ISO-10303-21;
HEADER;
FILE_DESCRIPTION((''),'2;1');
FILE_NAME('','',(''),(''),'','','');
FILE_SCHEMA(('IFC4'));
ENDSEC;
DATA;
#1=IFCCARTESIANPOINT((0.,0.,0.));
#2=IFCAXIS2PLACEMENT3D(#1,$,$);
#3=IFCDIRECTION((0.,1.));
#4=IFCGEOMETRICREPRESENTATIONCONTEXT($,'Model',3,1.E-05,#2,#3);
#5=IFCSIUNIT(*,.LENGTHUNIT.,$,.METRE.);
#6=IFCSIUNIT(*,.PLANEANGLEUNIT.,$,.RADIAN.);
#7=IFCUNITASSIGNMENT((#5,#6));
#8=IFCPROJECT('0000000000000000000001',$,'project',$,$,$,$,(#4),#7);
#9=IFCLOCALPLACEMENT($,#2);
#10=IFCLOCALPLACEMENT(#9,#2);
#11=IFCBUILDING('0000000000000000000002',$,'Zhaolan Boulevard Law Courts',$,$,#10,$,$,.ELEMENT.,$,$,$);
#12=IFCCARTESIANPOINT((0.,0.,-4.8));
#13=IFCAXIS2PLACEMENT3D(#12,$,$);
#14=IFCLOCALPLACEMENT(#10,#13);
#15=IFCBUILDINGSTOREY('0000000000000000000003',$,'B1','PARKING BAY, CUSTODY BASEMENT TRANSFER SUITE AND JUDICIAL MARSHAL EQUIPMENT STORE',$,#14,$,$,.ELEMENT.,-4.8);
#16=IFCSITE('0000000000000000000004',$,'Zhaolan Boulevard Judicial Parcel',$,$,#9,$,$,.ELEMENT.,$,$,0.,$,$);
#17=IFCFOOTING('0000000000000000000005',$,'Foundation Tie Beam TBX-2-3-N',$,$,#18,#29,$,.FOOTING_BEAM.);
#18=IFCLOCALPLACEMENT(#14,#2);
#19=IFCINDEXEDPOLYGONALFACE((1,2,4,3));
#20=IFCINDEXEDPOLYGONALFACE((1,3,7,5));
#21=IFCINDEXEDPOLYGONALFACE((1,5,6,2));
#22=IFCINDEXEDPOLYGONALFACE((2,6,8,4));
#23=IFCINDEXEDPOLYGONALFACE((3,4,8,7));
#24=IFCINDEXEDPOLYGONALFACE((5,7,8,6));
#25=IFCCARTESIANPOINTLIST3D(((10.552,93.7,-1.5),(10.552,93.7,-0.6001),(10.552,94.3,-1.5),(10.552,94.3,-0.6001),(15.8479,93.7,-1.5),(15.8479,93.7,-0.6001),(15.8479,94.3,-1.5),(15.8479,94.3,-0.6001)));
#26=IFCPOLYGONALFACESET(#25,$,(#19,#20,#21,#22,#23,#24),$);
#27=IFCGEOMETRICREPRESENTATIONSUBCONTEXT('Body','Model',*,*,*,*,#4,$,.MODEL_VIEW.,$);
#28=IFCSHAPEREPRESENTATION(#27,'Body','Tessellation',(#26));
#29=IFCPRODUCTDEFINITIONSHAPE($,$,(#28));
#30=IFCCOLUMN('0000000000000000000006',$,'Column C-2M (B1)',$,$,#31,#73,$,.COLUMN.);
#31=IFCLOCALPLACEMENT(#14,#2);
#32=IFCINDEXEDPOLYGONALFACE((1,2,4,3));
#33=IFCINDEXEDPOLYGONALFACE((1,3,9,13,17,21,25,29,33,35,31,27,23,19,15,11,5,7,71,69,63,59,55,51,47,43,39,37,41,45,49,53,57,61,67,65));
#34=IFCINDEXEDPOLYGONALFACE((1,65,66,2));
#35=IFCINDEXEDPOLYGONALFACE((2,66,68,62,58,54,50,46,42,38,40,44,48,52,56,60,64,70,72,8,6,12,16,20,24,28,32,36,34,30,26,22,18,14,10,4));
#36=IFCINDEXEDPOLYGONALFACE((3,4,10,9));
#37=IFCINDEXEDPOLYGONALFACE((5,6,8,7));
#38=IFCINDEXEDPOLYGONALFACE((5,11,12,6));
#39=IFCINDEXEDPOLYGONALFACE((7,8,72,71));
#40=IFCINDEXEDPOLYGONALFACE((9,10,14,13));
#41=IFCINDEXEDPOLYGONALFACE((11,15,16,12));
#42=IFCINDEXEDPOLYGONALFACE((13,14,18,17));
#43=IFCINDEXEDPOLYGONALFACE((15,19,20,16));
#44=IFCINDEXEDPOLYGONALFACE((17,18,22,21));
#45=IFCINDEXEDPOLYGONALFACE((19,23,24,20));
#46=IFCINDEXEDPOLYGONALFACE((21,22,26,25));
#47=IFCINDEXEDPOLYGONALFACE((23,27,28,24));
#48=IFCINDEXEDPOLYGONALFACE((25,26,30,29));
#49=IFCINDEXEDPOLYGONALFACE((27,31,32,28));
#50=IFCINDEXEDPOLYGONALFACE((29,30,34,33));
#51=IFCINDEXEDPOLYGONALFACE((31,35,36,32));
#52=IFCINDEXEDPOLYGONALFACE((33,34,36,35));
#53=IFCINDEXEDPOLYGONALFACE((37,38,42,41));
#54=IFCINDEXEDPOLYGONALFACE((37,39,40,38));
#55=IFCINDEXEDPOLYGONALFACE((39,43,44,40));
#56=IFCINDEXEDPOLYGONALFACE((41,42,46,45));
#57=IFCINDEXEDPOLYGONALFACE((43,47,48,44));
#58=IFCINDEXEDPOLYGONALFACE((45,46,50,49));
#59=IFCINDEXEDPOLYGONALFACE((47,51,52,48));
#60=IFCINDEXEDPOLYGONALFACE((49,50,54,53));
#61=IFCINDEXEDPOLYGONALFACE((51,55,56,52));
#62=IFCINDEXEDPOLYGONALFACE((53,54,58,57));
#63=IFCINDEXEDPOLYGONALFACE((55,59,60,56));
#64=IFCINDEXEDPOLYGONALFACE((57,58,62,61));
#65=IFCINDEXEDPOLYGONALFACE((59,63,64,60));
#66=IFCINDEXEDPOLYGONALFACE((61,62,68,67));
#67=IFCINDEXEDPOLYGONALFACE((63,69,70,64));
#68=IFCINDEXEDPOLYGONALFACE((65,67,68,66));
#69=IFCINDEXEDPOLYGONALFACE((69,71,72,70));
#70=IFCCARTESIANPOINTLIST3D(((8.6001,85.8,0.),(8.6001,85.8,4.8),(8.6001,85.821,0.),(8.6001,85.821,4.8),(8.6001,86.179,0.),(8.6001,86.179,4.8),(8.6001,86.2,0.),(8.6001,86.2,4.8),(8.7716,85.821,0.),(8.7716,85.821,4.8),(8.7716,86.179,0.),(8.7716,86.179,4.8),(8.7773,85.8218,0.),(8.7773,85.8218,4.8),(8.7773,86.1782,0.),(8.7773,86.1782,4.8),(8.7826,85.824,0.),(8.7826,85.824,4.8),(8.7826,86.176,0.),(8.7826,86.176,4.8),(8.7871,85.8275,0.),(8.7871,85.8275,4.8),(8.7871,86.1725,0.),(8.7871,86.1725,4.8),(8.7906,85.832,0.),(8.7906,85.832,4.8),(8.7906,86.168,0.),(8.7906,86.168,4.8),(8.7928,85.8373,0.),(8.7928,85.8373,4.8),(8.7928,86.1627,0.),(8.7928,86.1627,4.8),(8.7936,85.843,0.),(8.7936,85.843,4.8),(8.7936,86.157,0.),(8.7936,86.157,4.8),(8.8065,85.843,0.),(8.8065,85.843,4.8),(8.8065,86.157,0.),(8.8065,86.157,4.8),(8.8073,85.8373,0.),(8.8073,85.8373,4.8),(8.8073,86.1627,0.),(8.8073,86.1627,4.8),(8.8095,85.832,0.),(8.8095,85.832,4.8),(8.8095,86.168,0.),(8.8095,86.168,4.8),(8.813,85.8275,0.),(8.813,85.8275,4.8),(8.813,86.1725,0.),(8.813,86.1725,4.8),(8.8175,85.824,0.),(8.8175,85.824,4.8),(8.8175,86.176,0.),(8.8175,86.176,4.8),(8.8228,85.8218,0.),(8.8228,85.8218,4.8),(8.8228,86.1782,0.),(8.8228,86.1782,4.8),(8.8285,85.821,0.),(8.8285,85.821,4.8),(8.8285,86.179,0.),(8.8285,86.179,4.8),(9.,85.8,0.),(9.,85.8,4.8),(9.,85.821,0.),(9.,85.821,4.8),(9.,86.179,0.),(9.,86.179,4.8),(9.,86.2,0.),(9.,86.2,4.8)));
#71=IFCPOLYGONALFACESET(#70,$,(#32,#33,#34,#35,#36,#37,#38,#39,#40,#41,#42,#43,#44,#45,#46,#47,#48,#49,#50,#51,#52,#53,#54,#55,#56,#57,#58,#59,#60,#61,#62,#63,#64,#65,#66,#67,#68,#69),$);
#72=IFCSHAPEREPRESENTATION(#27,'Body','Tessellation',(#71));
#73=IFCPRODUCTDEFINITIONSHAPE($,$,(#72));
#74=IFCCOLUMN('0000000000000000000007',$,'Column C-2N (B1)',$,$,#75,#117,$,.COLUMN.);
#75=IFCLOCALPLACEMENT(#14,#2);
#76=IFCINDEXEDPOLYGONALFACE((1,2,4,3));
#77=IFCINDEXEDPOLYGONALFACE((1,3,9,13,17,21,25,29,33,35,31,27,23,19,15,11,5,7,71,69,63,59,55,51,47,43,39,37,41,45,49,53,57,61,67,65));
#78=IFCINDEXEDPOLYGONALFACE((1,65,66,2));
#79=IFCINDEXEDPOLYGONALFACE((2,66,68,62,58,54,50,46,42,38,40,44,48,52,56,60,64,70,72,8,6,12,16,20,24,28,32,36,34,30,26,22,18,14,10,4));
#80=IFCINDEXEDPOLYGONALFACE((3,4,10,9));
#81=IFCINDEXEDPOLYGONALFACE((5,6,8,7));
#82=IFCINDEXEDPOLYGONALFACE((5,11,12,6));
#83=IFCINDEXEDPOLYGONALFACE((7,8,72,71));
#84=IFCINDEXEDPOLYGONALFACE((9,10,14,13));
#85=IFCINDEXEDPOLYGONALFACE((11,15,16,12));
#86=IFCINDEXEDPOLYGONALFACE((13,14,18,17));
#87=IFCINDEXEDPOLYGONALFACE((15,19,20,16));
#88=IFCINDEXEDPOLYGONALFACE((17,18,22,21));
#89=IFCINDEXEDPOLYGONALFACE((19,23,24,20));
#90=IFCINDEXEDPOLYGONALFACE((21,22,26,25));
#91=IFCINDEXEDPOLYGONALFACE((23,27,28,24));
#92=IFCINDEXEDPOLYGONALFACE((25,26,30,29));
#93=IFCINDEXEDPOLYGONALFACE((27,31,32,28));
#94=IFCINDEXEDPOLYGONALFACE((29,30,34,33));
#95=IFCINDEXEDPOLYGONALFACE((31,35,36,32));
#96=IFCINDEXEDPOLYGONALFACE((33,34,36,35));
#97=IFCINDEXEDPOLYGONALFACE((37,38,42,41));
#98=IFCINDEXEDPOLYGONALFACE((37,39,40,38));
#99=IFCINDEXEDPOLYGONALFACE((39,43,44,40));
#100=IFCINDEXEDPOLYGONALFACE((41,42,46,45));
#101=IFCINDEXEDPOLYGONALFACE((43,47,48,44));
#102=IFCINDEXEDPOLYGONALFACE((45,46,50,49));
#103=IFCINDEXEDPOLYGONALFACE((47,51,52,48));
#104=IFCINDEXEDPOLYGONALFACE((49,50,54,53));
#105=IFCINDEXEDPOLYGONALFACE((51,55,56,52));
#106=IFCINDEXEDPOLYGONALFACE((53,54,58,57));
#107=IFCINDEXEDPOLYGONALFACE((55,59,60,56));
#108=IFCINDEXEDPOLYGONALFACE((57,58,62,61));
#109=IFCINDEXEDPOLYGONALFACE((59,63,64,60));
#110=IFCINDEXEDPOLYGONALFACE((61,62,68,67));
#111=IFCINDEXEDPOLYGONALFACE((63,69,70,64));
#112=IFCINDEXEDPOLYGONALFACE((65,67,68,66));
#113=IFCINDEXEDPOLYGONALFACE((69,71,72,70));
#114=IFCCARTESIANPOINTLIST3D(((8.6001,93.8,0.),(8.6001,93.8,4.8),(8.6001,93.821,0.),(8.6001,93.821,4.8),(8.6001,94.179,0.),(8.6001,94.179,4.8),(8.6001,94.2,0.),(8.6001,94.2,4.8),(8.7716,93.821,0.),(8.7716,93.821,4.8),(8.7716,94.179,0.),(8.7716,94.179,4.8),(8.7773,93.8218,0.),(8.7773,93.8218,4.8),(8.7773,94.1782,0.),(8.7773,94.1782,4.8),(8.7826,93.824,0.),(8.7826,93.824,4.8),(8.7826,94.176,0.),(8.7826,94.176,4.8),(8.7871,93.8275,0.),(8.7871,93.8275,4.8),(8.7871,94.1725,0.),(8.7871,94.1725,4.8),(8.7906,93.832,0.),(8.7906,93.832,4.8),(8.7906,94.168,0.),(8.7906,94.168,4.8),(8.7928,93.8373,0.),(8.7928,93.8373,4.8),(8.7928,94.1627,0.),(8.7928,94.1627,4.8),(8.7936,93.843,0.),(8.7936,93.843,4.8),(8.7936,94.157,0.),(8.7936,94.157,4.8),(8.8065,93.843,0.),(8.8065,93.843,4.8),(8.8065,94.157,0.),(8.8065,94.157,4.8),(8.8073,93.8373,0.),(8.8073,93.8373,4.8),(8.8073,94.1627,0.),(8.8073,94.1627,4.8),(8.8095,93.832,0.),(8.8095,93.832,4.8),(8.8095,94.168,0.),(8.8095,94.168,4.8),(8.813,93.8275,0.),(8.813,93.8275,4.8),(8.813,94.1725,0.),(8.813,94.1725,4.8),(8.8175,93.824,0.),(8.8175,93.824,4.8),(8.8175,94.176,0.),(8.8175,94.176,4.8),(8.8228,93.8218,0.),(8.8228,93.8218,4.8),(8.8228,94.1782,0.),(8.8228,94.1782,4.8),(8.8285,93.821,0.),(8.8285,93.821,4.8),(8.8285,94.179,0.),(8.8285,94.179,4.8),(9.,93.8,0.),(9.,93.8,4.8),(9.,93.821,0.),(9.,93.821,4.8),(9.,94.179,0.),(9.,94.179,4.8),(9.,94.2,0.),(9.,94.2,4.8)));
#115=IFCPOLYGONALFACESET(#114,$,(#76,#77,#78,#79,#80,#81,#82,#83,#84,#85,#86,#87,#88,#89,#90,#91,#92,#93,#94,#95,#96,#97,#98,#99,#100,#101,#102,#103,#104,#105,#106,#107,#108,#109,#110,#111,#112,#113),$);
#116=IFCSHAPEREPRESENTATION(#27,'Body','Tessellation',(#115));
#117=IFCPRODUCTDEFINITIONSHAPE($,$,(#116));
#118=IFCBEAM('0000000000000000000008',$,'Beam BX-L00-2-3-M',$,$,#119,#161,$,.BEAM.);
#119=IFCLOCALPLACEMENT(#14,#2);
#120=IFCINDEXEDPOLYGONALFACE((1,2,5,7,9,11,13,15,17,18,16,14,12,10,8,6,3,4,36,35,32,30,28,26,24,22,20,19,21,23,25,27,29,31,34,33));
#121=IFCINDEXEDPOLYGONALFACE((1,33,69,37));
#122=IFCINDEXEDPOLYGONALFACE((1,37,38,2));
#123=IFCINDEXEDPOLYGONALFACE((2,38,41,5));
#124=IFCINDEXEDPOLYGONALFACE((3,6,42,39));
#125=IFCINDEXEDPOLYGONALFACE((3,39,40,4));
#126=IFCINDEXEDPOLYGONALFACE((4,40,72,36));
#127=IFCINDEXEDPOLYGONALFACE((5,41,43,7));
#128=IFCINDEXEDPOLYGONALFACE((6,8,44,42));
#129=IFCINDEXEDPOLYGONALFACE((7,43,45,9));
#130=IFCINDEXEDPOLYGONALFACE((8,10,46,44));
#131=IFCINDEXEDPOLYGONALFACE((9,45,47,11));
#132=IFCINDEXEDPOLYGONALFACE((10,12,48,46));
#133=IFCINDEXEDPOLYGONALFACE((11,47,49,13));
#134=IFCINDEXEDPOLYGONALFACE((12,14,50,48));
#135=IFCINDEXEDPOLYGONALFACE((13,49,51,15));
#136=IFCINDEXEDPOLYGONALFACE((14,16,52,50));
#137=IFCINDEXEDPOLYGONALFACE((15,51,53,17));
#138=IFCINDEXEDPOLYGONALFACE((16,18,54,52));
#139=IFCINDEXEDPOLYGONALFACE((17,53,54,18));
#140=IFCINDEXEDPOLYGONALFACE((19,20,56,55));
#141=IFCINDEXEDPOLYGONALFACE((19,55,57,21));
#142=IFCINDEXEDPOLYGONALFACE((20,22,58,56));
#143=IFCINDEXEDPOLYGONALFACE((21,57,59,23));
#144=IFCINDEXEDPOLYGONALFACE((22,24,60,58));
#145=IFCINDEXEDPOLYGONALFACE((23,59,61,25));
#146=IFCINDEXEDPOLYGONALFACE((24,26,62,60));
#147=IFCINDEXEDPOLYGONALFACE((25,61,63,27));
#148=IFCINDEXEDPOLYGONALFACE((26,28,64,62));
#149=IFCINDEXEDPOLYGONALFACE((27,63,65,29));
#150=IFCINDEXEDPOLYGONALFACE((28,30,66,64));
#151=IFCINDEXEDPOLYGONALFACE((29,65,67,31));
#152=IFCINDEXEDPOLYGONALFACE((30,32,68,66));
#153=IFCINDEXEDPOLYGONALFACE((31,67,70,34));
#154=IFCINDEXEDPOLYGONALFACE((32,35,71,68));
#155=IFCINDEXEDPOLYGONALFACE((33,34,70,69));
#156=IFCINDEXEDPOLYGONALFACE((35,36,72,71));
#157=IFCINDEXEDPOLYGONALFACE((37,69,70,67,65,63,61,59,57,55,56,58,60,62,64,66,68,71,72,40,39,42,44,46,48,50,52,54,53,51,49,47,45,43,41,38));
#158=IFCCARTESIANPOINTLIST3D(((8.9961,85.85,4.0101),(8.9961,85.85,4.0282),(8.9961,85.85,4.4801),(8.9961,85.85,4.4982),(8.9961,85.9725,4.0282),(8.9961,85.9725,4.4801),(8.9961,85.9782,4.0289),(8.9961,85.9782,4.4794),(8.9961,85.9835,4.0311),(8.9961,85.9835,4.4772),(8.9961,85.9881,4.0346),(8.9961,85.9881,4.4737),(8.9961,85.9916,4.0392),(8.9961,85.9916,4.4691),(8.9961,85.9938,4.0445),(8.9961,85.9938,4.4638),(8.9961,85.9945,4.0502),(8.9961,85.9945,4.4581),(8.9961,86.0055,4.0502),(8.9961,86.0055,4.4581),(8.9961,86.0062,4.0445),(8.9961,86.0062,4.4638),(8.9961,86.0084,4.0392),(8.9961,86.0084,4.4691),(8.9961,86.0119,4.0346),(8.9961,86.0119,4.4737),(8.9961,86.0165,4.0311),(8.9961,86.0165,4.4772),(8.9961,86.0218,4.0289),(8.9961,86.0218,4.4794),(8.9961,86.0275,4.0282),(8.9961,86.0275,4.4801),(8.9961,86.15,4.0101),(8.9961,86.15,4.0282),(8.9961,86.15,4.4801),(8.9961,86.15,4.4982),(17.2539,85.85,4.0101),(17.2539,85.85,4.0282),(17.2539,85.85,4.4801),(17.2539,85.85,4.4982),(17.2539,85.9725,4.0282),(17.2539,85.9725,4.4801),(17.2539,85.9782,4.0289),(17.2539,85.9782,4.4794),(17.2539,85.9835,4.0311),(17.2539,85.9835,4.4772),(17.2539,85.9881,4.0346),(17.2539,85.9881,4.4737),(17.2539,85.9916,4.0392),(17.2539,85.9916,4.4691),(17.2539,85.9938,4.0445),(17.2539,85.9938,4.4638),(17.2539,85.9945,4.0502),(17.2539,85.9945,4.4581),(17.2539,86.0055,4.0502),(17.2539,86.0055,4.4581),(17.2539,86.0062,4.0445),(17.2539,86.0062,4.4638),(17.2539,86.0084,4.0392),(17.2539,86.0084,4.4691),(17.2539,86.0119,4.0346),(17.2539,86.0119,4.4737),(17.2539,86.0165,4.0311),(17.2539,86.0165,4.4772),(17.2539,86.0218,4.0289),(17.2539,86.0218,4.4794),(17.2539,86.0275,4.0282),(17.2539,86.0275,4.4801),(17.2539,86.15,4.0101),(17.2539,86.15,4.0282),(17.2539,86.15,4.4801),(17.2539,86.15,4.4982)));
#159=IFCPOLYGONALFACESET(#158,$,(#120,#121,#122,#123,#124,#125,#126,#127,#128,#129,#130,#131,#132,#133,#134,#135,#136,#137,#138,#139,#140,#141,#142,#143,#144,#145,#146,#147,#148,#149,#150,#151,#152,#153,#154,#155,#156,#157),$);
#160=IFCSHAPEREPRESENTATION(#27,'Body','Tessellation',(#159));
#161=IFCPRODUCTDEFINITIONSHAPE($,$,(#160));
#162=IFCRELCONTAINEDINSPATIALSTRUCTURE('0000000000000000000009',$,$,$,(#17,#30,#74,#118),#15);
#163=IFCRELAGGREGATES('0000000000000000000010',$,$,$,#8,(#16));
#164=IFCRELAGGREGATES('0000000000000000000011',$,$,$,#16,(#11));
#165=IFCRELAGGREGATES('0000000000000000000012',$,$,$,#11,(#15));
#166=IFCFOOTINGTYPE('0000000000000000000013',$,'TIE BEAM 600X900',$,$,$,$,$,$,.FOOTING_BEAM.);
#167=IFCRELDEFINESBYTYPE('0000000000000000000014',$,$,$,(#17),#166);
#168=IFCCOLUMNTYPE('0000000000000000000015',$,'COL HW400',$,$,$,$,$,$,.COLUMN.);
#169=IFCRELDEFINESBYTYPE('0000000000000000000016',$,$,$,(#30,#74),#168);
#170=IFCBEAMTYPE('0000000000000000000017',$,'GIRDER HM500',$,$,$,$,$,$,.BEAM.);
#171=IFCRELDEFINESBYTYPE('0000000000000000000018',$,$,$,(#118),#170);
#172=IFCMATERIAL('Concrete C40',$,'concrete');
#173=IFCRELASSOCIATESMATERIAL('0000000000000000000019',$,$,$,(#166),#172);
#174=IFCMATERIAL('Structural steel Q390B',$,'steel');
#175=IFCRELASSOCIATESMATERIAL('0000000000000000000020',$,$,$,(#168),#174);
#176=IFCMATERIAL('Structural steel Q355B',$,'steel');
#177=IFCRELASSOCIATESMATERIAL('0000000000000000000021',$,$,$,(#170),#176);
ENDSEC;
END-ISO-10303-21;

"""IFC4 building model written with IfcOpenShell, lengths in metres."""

from ifc_helpers import new_model, si_unit, direction, frame, origin, origin_2d, place, context, subcontext, project, spatial, rectangle, i_section, extrude, material, material_profile, profile_set, type_object, element, save


model = new_model("IFC4")

# Units and contexts
model_context = context("Model", 3, precision=1e-05, world=origin(), true_north=direction((0.0, 1.0)))
body_context = subcontext(model_context, "Body", "Model", "MODEL_VIEW")
ifc_project = project(units=[si_unit("LENGTHUNIT", "METRE"), si_unit("PLANEANGLEUNIT", "RADIAN")], contexts=[model_context])

# Site, building, storey
site_placement = place(None, origin())
site = spatial("IfcSite", under=ifc_project, at=site_placement, Name="Zhaolan Boulevard Judicial Parcel", CompositionType="ELEMENT", RefElevation=0.0)
building_placement = place(site_placement, origin())
building = spatial("IfcBuilding", under=site, at=building_placement, Name="Zhaolan Boulevard Law Courts", CompositionType="ELEMENT")
storey_placement = place(building_placement, frame((0.0, 0.0, -4.8)))
storey = spatial("IfcBuildingStorey", under=building, at=storey_placement, Name="B1", Description="PARKING BAY, CUSTODY BASEMENT TRANSFER SUITE AND JUDICIAL MARSHAL EQUIPMENT STORE", CompositionType="ELEMENT", Elevation=-4.8)

# Footing
ifc_material_1 = material(Name="Concrete C40", Category="concrete")
ifc_material_profile_1 = material_profile(ifc_material_1, rectangle(XDim=0.6001, YDim=0.8999, at=origin_2d()), Name="RC600x900")
ifc_profile_set_1 = profile_set([ifc_material_profile_1], Name="Concrete C40")
footing_type_1 = type_object("IfcFootingType", Name="TIE BEAM 600X900", PredefinedType="FOOTING_BEAM", material=ifc_profile_set_1)
for number, where, z_axis, x_axis, name in (
    (1, (10.552, 94.0, -1.05), (1.0, 0.0, 0.0), (0.0, 1.0, 0.0), "Foundation Tie Beam TBX-2-3-N"),
):
    element("IfcFooting", number, at=place(storey_placement, frame(where, z_axis=z_axis, x_axis=x_axis)), inside=storey, type_object=footing_type_1, Name=name, PredefinedType="FOOTING_BEAM", context=body_context, shape_type="SweptSolid", body=[
        extrude(rectangle(XDim=0.6001, YDim=0.8999, at=origin_2d()), origin(), (0.0, 0.0, 1.0), 5.2959),
    ])

# Columns
ifc_material_2 = material(Name="Structural steel Q390B", Category="steel")
ifc_material_profile_2 = material_profile(ifc_material_2, i_section(OverallWidth=0.3999, OverallDepth=0.3999, WebThickness=0.0129, FlangeThickness=0.021, FilletRadius=0.022, at=origin_2d()), Name="HW400x400")
ifc_profile_set_2 = profile_set([ifc_material_profile_2], Name="Structural steel Q390B")
column_type = type_object("IfcColumnType", Name="COL HW400", PredefinedType="COLUMN", material=ifc_profile_set_2)
for number, where, z_axis, x_axis, name in (
    (2, (8.8, 86.0, 0.0), (0.0, 0.0, 1.0), (1.0, 0.0, 0.0), "Column C-2M (B1)"),
    (3, (8.8, 94.0, 0.0), (0.0, 0.0, 1.0), (1.0, 0.0, 0.0), "Column C-2N (B1)"),
):
    element("IfcColumn", number, at=place(storey_placement, frame(where, z_axis=z_axis, x_axis=x_axis)), inside=storey, type_object=column_type, Name=name, PredefinedType="COLUMN", context=body_context, shape_type="SweptSolid", body=[
        extrude(i_section(OverallWidth=0.3999, OverallDepth=0.3999, WebThickness=0.0129, FlangeThickness=0.021, FilletRadius=0.022, at=origin_2d()), origin(), (0.0, 0.0, 1.0), 4.8),
    ])

# Beam
ifc_material_3 = material(Name="Structural steel Q355B", Category="steel")
ifc_material_profile_3 = material_profile(ifc_material_3, i_section(OverallWidth=0.3, OverallDepth=0.488, WebThickness=0.011, FlangeThickness=0.0181, FilletRadius=0.022, at=origin_2d()), Name="HM488x300")
ifc_profile_set_3 = profile_set([ifc_material_profile_3], Name="Structural steel Q355B")
beam_type_1 = type_object("IfcBeamType", Name="GIRDER HM500", PredefinedType="BEAM", material=ifc_profile_set_3)
for number, where, z_axis, x_axis, name in (
    (4, (8.9961, 86.0, 4.2542), (1.0, 0.0, 0.0), (0.0, 1.0, 0.0), "Beam BX-L00-2-3-M"),
):
    element("IfcBeam", number, at=place(storey_placement, frame(where, z_axis=z_axis, x_axis=x_axis)), inside=storey, type_object=beam_type_1, Name=name, PredefinedType="BEAM", context=body_context, shape_type="SweptSolid", body=[
        extrude(i_section(OverallWidth=0.3, OverallDepth=0.488, WebThickness=0.011, FlangeThickness=0.0181, FilletRadius=0.022, at=origin_2d()), origin(), (0.0, 0.0, 1.0), 8.2578),
    ])

save(model, "model.ifc")
